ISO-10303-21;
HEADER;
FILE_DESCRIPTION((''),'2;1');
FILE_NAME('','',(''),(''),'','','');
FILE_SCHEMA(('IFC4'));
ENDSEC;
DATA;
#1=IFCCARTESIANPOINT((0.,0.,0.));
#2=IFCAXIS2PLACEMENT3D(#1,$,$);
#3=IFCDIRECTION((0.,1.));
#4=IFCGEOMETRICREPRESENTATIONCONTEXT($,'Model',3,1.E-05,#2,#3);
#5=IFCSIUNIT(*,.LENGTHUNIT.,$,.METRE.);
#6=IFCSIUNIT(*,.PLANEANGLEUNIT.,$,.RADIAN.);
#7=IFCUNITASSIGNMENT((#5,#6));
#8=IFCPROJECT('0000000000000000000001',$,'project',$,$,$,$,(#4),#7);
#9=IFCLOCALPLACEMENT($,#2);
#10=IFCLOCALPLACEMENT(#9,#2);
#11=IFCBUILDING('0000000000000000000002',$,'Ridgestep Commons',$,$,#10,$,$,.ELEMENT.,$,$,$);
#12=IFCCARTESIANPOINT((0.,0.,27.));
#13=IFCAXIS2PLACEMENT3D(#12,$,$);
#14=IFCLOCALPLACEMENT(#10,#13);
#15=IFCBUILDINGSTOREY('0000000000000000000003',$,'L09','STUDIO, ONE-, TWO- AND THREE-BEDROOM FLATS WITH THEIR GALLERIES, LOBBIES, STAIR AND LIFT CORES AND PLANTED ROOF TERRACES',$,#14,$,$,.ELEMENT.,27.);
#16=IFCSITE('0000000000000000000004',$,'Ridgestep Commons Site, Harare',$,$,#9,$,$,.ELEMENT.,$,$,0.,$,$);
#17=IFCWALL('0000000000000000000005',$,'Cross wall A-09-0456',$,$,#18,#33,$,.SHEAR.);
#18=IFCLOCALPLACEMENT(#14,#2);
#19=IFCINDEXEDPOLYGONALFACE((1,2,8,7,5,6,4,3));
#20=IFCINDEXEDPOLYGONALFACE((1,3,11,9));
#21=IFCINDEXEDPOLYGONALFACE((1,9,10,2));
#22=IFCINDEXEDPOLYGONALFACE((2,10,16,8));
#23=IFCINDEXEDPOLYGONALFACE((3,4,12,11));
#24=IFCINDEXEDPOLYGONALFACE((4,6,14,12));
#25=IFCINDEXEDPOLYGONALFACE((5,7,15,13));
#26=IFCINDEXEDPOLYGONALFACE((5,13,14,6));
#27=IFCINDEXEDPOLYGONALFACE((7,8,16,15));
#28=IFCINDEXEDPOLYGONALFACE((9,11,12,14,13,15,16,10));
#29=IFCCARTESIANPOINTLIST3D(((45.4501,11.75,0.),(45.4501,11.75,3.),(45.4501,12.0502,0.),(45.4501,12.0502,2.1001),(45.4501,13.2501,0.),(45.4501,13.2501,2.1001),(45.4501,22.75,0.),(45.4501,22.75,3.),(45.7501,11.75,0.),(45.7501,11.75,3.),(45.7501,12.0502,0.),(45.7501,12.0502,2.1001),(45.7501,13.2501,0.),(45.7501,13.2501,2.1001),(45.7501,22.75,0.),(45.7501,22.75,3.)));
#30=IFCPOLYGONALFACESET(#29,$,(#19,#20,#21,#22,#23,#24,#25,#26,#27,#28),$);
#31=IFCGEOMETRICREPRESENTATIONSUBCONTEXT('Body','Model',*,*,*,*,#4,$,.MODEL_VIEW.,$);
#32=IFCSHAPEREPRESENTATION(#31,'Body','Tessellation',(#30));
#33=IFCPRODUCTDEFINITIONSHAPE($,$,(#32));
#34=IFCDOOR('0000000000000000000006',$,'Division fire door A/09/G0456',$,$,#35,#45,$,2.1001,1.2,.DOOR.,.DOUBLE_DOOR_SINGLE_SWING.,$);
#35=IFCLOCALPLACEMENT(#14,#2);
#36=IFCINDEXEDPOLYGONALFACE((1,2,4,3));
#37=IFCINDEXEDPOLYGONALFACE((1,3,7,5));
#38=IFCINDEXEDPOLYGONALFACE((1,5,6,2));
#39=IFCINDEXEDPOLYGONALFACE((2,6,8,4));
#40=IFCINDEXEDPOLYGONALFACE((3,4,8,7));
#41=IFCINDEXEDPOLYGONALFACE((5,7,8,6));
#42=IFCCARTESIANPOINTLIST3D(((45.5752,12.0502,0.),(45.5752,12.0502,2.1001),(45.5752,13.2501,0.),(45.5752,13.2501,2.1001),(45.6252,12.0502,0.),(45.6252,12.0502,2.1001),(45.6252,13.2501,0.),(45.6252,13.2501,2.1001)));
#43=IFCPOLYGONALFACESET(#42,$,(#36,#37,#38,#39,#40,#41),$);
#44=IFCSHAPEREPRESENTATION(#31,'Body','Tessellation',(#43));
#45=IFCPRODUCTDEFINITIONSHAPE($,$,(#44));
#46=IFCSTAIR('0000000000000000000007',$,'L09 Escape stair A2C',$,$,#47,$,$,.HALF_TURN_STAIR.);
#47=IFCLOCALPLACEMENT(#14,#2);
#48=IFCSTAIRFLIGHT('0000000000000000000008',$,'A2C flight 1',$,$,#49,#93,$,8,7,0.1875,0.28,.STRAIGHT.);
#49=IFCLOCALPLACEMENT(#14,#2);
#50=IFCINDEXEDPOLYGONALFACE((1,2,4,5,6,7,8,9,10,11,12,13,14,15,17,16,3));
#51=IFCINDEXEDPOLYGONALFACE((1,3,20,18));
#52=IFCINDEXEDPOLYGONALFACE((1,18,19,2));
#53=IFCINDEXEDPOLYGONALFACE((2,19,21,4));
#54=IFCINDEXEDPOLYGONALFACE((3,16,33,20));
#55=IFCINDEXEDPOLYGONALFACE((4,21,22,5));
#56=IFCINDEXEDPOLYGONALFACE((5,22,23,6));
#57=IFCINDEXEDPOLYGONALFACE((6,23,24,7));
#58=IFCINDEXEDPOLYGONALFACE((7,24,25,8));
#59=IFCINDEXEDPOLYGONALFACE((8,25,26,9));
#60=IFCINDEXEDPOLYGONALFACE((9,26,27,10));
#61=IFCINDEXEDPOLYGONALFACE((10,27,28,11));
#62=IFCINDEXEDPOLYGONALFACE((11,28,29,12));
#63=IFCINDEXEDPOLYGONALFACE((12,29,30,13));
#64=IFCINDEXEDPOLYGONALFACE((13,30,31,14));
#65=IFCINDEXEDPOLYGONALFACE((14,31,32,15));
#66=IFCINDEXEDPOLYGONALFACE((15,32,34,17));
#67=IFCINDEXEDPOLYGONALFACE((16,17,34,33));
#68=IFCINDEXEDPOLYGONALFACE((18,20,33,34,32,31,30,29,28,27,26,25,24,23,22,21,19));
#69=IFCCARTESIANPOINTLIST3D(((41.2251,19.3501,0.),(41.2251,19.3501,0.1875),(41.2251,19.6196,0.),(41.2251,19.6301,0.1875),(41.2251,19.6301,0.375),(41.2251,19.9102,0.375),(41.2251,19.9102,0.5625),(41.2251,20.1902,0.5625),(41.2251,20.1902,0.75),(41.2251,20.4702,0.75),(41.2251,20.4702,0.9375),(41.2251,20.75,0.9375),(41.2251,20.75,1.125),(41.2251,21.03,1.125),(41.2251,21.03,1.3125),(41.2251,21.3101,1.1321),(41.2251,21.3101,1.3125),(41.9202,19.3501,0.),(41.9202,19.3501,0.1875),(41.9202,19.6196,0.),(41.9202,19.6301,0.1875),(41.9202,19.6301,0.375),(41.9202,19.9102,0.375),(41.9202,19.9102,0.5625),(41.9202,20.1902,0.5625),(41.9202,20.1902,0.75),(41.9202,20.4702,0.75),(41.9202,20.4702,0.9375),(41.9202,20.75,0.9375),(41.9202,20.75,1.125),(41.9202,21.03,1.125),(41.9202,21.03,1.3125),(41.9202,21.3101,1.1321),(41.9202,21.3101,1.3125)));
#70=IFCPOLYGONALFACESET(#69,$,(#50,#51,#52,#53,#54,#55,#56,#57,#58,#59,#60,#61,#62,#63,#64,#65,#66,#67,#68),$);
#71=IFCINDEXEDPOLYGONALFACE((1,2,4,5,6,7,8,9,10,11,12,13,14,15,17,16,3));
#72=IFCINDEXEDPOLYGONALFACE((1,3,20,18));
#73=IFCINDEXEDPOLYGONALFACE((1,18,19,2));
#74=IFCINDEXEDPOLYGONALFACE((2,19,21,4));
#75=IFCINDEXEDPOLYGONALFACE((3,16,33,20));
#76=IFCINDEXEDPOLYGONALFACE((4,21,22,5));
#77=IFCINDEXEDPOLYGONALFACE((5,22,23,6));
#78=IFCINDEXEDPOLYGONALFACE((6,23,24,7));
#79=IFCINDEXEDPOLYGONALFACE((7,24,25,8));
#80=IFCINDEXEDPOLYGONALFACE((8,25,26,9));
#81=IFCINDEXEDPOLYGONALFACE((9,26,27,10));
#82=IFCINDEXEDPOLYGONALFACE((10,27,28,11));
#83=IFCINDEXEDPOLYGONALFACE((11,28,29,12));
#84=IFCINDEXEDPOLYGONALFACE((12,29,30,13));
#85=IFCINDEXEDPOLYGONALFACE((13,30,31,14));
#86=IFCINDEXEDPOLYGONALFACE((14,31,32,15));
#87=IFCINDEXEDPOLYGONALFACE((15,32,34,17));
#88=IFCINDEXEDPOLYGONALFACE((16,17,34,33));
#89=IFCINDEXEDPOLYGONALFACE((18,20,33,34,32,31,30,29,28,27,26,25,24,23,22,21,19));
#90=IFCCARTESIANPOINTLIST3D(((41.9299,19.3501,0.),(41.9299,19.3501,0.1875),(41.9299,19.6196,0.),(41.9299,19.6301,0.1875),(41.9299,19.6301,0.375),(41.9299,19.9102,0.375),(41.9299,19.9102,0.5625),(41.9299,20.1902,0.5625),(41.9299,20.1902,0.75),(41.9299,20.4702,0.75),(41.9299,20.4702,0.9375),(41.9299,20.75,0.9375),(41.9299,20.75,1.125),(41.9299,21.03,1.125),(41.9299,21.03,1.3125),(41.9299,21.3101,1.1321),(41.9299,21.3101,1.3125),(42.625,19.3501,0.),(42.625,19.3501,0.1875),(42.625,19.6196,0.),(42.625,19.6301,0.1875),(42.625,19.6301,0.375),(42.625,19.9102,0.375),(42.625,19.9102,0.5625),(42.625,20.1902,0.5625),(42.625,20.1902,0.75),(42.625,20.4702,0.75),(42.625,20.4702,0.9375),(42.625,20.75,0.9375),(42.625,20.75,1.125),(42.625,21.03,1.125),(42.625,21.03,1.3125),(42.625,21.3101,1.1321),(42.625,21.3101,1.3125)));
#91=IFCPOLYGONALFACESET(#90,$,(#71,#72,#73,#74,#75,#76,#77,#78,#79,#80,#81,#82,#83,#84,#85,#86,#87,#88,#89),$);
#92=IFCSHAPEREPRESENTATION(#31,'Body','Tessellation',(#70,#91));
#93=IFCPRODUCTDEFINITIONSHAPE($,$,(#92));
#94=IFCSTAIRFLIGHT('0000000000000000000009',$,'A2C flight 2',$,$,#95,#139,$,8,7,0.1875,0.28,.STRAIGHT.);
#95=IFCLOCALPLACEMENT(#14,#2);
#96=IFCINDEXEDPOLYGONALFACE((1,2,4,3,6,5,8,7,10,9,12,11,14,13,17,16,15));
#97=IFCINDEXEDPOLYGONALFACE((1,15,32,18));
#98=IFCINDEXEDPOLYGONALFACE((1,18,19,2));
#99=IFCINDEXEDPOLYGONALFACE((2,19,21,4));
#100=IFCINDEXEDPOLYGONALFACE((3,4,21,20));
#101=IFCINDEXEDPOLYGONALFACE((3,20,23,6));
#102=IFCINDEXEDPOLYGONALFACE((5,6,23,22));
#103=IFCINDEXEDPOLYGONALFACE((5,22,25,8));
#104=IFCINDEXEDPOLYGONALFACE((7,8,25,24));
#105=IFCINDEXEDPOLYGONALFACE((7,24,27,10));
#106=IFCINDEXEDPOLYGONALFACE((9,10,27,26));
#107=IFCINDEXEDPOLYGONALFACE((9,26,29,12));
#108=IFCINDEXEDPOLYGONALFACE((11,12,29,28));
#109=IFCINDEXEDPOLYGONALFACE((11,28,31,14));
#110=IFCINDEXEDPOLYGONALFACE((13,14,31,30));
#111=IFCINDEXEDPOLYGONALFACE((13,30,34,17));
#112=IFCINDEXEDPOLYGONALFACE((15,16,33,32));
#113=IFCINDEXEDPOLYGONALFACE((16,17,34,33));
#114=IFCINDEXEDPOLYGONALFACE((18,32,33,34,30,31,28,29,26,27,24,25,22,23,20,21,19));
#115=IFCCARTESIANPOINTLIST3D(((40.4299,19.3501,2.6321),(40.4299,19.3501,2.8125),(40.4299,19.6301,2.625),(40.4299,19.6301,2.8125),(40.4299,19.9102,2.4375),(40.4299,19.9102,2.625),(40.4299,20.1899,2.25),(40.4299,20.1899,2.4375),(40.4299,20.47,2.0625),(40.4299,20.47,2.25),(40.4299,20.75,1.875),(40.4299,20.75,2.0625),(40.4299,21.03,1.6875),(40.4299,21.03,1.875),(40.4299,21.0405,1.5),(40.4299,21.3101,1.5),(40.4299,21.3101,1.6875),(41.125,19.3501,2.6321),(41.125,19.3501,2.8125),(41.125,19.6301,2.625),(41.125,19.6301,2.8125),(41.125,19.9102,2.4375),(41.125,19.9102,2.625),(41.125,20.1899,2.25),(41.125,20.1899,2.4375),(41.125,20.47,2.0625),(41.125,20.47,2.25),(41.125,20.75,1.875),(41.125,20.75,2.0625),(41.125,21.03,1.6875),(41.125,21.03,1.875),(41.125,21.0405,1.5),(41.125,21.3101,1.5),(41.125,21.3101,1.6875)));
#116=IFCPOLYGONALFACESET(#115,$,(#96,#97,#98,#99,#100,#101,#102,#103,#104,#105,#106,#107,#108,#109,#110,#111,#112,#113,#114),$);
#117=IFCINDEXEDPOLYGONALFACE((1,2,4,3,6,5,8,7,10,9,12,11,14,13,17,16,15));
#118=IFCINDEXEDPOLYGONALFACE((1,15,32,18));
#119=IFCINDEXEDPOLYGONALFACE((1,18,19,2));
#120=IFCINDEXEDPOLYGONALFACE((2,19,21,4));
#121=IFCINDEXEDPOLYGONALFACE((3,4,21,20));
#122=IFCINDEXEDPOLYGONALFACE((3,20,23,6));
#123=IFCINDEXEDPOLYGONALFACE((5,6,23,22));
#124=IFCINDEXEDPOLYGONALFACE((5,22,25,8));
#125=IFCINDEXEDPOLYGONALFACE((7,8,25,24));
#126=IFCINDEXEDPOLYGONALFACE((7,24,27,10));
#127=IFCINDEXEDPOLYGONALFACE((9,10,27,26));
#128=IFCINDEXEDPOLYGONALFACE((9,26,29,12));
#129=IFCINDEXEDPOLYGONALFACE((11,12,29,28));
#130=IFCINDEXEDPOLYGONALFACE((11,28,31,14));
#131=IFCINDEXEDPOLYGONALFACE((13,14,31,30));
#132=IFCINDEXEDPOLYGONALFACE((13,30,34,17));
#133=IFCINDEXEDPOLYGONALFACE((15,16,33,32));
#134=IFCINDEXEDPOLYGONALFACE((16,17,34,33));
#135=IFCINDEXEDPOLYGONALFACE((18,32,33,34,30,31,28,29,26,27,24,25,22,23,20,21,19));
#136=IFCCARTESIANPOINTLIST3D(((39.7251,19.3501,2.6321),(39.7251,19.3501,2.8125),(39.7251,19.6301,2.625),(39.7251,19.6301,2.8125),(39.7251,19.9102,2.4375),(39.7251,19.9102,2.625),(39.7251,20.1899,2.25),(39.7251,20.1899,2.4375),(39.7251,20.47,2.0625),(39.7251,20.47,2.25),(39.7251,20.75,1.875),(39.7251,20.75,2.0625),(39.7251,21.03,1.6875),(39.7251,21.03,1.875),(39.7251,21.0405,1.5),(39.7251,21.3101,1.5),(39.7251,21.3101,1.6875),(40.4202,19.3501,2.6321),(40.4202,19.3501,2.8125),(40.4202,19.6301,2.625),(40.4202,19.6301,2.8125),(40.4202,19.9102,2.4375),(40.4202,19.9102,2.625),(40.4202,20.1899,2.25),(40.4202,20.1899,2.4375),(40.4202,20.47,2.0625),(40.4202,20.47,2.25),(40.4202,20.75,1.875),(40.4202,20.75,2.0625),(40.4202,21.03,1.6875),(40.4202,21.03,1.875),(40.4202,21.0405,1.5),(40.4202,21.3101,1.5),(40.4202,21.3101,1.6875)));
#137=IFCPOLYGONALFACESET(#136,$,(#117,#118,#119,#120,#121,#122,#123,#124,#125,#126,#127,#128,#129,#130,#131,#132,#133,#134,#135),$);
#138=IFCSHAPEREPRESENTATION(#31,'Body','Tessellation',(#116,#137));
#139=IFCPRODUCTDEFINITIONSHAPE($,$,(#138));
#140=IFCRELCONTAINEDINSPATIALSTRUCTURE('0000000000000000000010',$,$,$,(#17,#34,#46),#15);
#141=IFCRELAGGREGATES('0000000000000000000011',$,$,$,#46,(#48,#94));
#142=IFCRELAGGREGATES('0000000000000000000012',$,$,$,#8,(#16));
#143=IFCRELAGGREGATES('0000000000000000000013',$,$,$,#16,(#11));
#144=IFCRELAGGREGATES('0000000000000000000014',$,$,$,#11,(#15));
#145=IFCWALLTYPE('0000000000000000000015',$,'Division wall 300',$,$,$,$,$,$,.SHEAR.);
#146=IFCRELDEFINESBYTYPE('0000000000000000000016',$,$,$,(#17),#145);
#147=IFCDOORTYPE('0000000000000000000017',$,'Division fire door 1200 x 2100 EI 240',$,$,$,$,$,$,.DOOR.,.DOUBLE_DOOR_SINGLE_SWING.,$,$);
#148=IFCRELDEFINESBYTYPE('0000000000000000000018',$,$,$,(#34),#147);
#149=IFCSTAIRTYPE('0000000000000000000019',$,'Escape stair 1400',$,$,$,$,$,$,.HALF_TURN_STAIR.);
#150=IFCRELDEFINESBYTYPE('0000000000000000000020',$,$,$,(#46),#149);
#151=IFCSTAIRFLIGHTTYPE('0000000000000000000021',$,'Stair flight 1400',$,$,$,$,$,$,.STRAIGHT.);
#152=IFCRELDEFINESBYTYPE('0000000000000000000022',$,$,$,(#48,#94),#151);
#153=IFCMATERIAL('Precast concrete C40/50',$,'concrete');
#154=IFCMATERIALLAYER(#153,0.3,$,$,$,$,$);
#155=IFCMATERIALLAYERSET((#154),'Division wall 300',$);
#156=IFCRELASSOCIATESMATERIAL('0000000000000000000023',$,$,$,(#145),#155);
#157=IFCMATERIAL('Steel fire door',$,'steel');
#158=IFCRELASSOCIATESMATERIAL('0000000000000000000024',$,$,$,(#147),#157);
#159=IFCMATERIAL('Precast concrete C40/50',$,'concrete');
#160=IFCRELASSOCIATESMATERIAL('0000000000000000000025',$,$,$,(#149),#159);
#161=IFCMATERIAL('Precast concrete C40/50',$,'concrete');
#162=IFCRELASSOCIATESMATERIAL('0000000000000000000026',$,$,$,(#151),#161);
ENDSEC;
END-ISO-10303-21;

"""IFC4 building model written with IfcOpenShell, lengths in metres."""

from ifc_helpers import new_model, si_unit, direction, frame, frame_2d, origin, place, context, subcontext, project, spatial, polyline, rectangle, outline, extrude, material, layer, layer_set, type_object, element, fill, aggregate, save


model = new_model("IFC4")

# Units and contexts
model_context = context("Model", 3, precision=1e-05, world=origin(), true_north=direction((0.0, 1.0)))
body_context = subcontext(model_context, "Body", "Model", "MODEL_VIEW")
ifc_project = project(units=[si_unit("LENGTHUNIT", "METRE"), si_unit("PLANEANGLEUNIT", "RADIAN")], contexts=[model_context])

# Site, building, storey
site_placement = place(None, origin())
site = spatial("IfcSite", under=ifc_project, at=site_placement, Name="Ridgestep Commons Site, Harare", CompositionType="ELEMENT", RefElevation=0.0)
building_placement = place(site_placement, origin())
building = spatial("IfcBuilding", under=site, at=building_placement, Name="Ridgestep Commons", CompositionType="ELEMENT")
storey_placement = place(building_placement, frame((0.0, 0.0, 27.0)))
storey = spatial("IfcBuildingStorey", under=building, at=storey_placement, Name="L09", Description="STUDIO, ONE-, TWO- AND THREE-BEDROOM FLATS WITH THEIR GALLERIES, LOBBIES, STAIR AND LIFT CORES AND PLANTED ROOF TERRACES", CompositionType="ELEMENT", Elevation=27.0)

# Wall, opening, door
ifc_material_1 = material(Name="Precast concrete C40/50", Category="concrete")
ifc_layer_1 = layer(ifc_material_1, 0.3)
ifc_layer_set_1 = layer_set([ifc_layer_1], Name="Division wall 300")
wall_type_1 = type_object("IfcWallType", Name="Division wall 300", PredefinedType="SHEAR", material=ifc_layer_set_1)
wall_1_placement = place(storey_placement, frame((45.6001, 11.75, 0.0), z_axis=(0.0, 0.0, 1.0), x_axis=(0.0, 1.0, 0.0)))
wall_1 = element("IfcWall", 1, at=wall_1_placement, inside=storey, type_object=wall_type_1, Name="Cross wall A-09-0456", PredefinedType="SHEAR", context=body_context, shape_type="SweptSolid", body=[
    extrude(rectangle(XDim=11.0, YDim=0.3, at=frame_2d((5.5, 0.0))), origin(), (0.0, 0.0, 1.0), 3.0),
])
opening_1_placement = place(wall_1_placement, frame((0.3, 0.0, 0.0)))
opening_1 = element("IfcOpeningElement", 2, at=opening_1_placement, cuts=wall_1, PredefinedType="OPENING", context=body_context, shape_type="SweptSolid", body=[
    extrude(rectangle(XDim=1.2, YDim=2.1001, at=frame_2d((0.6001, 1.05))), frame((0.0, 0.1599, 0.0), z_axis=(0.0, -1.0, 0.0), x_axis=(1.0, 0.0, 0.0)), (0.0, 0.0, 1.0), 0.3201),
])
ifc_material_2 = material(Name="Steel fire door", Category="steel")
door_type_1 = type_object("IfcDoorType", Name="Division fire door 1200 x 2100 EI 240", OperationType="DOUBLE_DOOR_SINGLE_SWING", PredefinedType="DOOR", material=ifc_material_2)
door_1_placement = place(opening_1_placement, origin())
door_1 = element("IfcDoor", 3, at=door_1_placement, inside=storey, type_object=door_type_1, Name="Division fire door A/09/G0456", OperationType="DOUBLE_DOOR_SINGLE_SWING", OverallHeight=2.1001, OverallWidth=1.2, PredefinedType="DOOR", context=body_context, shape_type="SweptSolid", body=[
    extrude(rectangle(XDim=1.2, YDim=2.1001, at=frame_2d((0.6001, 1.05))), frame((0.0, 0.0249, 0.0), z_axis=(0.0, -1.0, 0.0), x_axis=(1.0, 0.0, 0.0)), (0.0, 0.0, 1.0), 0.05),
])
fill(opening_1, door_1)

# Stair, stair flights
ifc_material_3 = material(Name="Precast concrete C40/50", Category="concrete")
stair_type = type_object("IfcStairType", Name="Escape stair 1400", PredefinedType="HALF_TURN_STAIR", material=ifc_material_3)
stair_placement = place(storey_placement, origin())
stair = element("IfcStair", 4, at=stair_placement, inside=storey, type_object=stair_type, Name="L09 Escape stair A2C", PredefinedType="HALF_TURN_STAIR")
ifc_material_4 = material(Name="Precast concrete C40/50", Category="concrete")
stair_flight_type = type_object("IfcStairFlightType", Name="Stair flight 1400", PredefinedType="STRAIGHT", material=ifc_material_4)
stair_flight_1_placement = place(storey_placement, frame((41.925, 19.3501, 0.0), z_axis=(0.0, 0.0, 1.0), x_axis=(0.0, 1.0, 0.0)))
stair_flight_1 = element("IfcStairFlight", 5, at=stair_flight_1_placement, type_object=stair_flight_type, Name="A2C flight 1", NumberOfRisers=8, NumberOfTreads=7, PredefinedType="STRAIGHT", RiserHeight=0.1875, TreadLength=0.28, context=body_context, shape_type="SweptSolid", body=[
    extrude(outline(polyline([(0.0, 0.0), (0.0, 0.1875), (0.28, 0.1875), (0.28, 0.375), (0.5601, 0.375), (0.5601, 0.5625), (0.8401, 0.5625), (0.8401, 0.75), (1.1201, 0.75), (1.1201, 0.9375), (1.3999, 0.9375), (1.3999, 1.125), (1.6799, 1.125), (1.6799, 1.3125), (1.96, 1.3125), (1.96, 1.5), (1.96, 1.1321), (0.2695, 0.0), (0.0, 0.0)])), frame((0.0, 0.7, 0.0), z_axis=(0.0, -1.0, 0.0), x_axis=(1.0, 0.0, 0.0)), (0.0, 0.0, 1.0), 0.6951),
    extrude(outline(polyline([(0.0, 0.0), (0.0, 0.1875), (0.28, 0.1875), (0.28, 0.375), (0.5601, 0.375), (0.5601, 0.5625), (0.8401, 0.5625), (0.8401, 0.75), (1.1201, 0.75), (1.1201, 0.9375), (1.3999, 0.9375), (1.3999, 1.125), (1.6799, 1.125), (1.6799, 1.3125), (1.96, 1.3125), (1.96, 1.5), (1.96, 1.1321), (0.2695, 0.0), (0.0, 0.0)])), frame((0.0, -0.0049, 0.0), z_axis=(0.0, -1.0, 0.0), x_axis=(1.0, 0.0, 0.0)), (0.0, 0.0, 1.0), 0.6951),
])
stair_flight_2_placement = place(storey_placement, frame((40.425, 21.3101, 1.5), z_axis=(0.0, 0.0, 1.0), x_axis=(0.0, -1.0, 0.0)))
stair_flight_2 = element("IfcStairFlight", 6, at=stair_flight_2_placement, type_object=stair_flight_type, Name="A2C flight 2", NumberOfRisers=8, NumberOfTreads=7, PredefinedType="STRAIGHT", RiserHeight=0.1875, TreadLength=0.28, context=body_context, shape_type="SweptSolid", body=[
    extrude(outline(polyline([(0.0, 0.0), (0.0, 0.1875), (0.28, 0.1875), (0.28, 0.375), (0.5601, 0.375), (0.5601, 0.5625), (0.8401, 0.5625), (0.8401, 0.75), (1.1201, 0.75), (1.1201, 0.9375), (1.3999, 0.9375), (1.3999, 1.125), (1.6799, 1.125), (1.6799, 1.3125), (1.96, 1.3125), (1.96, 1.5), (1.96, 1.1321), (0.2695, 0.0), (0.0, 0.0)])), frame((0.0, 0.7, 0.0), z_axis=(0.0, -1.0, 0.0), x_axis=(1.0, 0.0, 0.0)), (0.0, 0.0, 1.0), 0.6951),
    extrude(outline(polyline([(0.0, 0.0), (0.0, 0.1875), (0.28, 0.1875), (0.28, 0.375), (0.5601, 0.375), (0.5601, 0.5625), (0.8401, 0.5625), (0.8401, 0.75), (1.1201, 0.75), (1.1201, 0.9375), (1.3999, 0.9375), (1.3999, 1.125), (1.6799, 1.125), (1.6799, 1.3125), (1.96, 1.3125), (1.96, 1.5), (1.96, 1.1321), (0.2695, 0.0), (0.0, 0.0)])), frame((0.0, -0.0049, 0.0), z_axis=(0.0, -1.0, 0.0), x_axis=(1.0, 0.0, 0.0)), (0.0, 0.0, 1.0), 0.6951),
])
aggregate(stair, [stair_flight_1, stair_flight_2])

save(model, "model.ifc")
